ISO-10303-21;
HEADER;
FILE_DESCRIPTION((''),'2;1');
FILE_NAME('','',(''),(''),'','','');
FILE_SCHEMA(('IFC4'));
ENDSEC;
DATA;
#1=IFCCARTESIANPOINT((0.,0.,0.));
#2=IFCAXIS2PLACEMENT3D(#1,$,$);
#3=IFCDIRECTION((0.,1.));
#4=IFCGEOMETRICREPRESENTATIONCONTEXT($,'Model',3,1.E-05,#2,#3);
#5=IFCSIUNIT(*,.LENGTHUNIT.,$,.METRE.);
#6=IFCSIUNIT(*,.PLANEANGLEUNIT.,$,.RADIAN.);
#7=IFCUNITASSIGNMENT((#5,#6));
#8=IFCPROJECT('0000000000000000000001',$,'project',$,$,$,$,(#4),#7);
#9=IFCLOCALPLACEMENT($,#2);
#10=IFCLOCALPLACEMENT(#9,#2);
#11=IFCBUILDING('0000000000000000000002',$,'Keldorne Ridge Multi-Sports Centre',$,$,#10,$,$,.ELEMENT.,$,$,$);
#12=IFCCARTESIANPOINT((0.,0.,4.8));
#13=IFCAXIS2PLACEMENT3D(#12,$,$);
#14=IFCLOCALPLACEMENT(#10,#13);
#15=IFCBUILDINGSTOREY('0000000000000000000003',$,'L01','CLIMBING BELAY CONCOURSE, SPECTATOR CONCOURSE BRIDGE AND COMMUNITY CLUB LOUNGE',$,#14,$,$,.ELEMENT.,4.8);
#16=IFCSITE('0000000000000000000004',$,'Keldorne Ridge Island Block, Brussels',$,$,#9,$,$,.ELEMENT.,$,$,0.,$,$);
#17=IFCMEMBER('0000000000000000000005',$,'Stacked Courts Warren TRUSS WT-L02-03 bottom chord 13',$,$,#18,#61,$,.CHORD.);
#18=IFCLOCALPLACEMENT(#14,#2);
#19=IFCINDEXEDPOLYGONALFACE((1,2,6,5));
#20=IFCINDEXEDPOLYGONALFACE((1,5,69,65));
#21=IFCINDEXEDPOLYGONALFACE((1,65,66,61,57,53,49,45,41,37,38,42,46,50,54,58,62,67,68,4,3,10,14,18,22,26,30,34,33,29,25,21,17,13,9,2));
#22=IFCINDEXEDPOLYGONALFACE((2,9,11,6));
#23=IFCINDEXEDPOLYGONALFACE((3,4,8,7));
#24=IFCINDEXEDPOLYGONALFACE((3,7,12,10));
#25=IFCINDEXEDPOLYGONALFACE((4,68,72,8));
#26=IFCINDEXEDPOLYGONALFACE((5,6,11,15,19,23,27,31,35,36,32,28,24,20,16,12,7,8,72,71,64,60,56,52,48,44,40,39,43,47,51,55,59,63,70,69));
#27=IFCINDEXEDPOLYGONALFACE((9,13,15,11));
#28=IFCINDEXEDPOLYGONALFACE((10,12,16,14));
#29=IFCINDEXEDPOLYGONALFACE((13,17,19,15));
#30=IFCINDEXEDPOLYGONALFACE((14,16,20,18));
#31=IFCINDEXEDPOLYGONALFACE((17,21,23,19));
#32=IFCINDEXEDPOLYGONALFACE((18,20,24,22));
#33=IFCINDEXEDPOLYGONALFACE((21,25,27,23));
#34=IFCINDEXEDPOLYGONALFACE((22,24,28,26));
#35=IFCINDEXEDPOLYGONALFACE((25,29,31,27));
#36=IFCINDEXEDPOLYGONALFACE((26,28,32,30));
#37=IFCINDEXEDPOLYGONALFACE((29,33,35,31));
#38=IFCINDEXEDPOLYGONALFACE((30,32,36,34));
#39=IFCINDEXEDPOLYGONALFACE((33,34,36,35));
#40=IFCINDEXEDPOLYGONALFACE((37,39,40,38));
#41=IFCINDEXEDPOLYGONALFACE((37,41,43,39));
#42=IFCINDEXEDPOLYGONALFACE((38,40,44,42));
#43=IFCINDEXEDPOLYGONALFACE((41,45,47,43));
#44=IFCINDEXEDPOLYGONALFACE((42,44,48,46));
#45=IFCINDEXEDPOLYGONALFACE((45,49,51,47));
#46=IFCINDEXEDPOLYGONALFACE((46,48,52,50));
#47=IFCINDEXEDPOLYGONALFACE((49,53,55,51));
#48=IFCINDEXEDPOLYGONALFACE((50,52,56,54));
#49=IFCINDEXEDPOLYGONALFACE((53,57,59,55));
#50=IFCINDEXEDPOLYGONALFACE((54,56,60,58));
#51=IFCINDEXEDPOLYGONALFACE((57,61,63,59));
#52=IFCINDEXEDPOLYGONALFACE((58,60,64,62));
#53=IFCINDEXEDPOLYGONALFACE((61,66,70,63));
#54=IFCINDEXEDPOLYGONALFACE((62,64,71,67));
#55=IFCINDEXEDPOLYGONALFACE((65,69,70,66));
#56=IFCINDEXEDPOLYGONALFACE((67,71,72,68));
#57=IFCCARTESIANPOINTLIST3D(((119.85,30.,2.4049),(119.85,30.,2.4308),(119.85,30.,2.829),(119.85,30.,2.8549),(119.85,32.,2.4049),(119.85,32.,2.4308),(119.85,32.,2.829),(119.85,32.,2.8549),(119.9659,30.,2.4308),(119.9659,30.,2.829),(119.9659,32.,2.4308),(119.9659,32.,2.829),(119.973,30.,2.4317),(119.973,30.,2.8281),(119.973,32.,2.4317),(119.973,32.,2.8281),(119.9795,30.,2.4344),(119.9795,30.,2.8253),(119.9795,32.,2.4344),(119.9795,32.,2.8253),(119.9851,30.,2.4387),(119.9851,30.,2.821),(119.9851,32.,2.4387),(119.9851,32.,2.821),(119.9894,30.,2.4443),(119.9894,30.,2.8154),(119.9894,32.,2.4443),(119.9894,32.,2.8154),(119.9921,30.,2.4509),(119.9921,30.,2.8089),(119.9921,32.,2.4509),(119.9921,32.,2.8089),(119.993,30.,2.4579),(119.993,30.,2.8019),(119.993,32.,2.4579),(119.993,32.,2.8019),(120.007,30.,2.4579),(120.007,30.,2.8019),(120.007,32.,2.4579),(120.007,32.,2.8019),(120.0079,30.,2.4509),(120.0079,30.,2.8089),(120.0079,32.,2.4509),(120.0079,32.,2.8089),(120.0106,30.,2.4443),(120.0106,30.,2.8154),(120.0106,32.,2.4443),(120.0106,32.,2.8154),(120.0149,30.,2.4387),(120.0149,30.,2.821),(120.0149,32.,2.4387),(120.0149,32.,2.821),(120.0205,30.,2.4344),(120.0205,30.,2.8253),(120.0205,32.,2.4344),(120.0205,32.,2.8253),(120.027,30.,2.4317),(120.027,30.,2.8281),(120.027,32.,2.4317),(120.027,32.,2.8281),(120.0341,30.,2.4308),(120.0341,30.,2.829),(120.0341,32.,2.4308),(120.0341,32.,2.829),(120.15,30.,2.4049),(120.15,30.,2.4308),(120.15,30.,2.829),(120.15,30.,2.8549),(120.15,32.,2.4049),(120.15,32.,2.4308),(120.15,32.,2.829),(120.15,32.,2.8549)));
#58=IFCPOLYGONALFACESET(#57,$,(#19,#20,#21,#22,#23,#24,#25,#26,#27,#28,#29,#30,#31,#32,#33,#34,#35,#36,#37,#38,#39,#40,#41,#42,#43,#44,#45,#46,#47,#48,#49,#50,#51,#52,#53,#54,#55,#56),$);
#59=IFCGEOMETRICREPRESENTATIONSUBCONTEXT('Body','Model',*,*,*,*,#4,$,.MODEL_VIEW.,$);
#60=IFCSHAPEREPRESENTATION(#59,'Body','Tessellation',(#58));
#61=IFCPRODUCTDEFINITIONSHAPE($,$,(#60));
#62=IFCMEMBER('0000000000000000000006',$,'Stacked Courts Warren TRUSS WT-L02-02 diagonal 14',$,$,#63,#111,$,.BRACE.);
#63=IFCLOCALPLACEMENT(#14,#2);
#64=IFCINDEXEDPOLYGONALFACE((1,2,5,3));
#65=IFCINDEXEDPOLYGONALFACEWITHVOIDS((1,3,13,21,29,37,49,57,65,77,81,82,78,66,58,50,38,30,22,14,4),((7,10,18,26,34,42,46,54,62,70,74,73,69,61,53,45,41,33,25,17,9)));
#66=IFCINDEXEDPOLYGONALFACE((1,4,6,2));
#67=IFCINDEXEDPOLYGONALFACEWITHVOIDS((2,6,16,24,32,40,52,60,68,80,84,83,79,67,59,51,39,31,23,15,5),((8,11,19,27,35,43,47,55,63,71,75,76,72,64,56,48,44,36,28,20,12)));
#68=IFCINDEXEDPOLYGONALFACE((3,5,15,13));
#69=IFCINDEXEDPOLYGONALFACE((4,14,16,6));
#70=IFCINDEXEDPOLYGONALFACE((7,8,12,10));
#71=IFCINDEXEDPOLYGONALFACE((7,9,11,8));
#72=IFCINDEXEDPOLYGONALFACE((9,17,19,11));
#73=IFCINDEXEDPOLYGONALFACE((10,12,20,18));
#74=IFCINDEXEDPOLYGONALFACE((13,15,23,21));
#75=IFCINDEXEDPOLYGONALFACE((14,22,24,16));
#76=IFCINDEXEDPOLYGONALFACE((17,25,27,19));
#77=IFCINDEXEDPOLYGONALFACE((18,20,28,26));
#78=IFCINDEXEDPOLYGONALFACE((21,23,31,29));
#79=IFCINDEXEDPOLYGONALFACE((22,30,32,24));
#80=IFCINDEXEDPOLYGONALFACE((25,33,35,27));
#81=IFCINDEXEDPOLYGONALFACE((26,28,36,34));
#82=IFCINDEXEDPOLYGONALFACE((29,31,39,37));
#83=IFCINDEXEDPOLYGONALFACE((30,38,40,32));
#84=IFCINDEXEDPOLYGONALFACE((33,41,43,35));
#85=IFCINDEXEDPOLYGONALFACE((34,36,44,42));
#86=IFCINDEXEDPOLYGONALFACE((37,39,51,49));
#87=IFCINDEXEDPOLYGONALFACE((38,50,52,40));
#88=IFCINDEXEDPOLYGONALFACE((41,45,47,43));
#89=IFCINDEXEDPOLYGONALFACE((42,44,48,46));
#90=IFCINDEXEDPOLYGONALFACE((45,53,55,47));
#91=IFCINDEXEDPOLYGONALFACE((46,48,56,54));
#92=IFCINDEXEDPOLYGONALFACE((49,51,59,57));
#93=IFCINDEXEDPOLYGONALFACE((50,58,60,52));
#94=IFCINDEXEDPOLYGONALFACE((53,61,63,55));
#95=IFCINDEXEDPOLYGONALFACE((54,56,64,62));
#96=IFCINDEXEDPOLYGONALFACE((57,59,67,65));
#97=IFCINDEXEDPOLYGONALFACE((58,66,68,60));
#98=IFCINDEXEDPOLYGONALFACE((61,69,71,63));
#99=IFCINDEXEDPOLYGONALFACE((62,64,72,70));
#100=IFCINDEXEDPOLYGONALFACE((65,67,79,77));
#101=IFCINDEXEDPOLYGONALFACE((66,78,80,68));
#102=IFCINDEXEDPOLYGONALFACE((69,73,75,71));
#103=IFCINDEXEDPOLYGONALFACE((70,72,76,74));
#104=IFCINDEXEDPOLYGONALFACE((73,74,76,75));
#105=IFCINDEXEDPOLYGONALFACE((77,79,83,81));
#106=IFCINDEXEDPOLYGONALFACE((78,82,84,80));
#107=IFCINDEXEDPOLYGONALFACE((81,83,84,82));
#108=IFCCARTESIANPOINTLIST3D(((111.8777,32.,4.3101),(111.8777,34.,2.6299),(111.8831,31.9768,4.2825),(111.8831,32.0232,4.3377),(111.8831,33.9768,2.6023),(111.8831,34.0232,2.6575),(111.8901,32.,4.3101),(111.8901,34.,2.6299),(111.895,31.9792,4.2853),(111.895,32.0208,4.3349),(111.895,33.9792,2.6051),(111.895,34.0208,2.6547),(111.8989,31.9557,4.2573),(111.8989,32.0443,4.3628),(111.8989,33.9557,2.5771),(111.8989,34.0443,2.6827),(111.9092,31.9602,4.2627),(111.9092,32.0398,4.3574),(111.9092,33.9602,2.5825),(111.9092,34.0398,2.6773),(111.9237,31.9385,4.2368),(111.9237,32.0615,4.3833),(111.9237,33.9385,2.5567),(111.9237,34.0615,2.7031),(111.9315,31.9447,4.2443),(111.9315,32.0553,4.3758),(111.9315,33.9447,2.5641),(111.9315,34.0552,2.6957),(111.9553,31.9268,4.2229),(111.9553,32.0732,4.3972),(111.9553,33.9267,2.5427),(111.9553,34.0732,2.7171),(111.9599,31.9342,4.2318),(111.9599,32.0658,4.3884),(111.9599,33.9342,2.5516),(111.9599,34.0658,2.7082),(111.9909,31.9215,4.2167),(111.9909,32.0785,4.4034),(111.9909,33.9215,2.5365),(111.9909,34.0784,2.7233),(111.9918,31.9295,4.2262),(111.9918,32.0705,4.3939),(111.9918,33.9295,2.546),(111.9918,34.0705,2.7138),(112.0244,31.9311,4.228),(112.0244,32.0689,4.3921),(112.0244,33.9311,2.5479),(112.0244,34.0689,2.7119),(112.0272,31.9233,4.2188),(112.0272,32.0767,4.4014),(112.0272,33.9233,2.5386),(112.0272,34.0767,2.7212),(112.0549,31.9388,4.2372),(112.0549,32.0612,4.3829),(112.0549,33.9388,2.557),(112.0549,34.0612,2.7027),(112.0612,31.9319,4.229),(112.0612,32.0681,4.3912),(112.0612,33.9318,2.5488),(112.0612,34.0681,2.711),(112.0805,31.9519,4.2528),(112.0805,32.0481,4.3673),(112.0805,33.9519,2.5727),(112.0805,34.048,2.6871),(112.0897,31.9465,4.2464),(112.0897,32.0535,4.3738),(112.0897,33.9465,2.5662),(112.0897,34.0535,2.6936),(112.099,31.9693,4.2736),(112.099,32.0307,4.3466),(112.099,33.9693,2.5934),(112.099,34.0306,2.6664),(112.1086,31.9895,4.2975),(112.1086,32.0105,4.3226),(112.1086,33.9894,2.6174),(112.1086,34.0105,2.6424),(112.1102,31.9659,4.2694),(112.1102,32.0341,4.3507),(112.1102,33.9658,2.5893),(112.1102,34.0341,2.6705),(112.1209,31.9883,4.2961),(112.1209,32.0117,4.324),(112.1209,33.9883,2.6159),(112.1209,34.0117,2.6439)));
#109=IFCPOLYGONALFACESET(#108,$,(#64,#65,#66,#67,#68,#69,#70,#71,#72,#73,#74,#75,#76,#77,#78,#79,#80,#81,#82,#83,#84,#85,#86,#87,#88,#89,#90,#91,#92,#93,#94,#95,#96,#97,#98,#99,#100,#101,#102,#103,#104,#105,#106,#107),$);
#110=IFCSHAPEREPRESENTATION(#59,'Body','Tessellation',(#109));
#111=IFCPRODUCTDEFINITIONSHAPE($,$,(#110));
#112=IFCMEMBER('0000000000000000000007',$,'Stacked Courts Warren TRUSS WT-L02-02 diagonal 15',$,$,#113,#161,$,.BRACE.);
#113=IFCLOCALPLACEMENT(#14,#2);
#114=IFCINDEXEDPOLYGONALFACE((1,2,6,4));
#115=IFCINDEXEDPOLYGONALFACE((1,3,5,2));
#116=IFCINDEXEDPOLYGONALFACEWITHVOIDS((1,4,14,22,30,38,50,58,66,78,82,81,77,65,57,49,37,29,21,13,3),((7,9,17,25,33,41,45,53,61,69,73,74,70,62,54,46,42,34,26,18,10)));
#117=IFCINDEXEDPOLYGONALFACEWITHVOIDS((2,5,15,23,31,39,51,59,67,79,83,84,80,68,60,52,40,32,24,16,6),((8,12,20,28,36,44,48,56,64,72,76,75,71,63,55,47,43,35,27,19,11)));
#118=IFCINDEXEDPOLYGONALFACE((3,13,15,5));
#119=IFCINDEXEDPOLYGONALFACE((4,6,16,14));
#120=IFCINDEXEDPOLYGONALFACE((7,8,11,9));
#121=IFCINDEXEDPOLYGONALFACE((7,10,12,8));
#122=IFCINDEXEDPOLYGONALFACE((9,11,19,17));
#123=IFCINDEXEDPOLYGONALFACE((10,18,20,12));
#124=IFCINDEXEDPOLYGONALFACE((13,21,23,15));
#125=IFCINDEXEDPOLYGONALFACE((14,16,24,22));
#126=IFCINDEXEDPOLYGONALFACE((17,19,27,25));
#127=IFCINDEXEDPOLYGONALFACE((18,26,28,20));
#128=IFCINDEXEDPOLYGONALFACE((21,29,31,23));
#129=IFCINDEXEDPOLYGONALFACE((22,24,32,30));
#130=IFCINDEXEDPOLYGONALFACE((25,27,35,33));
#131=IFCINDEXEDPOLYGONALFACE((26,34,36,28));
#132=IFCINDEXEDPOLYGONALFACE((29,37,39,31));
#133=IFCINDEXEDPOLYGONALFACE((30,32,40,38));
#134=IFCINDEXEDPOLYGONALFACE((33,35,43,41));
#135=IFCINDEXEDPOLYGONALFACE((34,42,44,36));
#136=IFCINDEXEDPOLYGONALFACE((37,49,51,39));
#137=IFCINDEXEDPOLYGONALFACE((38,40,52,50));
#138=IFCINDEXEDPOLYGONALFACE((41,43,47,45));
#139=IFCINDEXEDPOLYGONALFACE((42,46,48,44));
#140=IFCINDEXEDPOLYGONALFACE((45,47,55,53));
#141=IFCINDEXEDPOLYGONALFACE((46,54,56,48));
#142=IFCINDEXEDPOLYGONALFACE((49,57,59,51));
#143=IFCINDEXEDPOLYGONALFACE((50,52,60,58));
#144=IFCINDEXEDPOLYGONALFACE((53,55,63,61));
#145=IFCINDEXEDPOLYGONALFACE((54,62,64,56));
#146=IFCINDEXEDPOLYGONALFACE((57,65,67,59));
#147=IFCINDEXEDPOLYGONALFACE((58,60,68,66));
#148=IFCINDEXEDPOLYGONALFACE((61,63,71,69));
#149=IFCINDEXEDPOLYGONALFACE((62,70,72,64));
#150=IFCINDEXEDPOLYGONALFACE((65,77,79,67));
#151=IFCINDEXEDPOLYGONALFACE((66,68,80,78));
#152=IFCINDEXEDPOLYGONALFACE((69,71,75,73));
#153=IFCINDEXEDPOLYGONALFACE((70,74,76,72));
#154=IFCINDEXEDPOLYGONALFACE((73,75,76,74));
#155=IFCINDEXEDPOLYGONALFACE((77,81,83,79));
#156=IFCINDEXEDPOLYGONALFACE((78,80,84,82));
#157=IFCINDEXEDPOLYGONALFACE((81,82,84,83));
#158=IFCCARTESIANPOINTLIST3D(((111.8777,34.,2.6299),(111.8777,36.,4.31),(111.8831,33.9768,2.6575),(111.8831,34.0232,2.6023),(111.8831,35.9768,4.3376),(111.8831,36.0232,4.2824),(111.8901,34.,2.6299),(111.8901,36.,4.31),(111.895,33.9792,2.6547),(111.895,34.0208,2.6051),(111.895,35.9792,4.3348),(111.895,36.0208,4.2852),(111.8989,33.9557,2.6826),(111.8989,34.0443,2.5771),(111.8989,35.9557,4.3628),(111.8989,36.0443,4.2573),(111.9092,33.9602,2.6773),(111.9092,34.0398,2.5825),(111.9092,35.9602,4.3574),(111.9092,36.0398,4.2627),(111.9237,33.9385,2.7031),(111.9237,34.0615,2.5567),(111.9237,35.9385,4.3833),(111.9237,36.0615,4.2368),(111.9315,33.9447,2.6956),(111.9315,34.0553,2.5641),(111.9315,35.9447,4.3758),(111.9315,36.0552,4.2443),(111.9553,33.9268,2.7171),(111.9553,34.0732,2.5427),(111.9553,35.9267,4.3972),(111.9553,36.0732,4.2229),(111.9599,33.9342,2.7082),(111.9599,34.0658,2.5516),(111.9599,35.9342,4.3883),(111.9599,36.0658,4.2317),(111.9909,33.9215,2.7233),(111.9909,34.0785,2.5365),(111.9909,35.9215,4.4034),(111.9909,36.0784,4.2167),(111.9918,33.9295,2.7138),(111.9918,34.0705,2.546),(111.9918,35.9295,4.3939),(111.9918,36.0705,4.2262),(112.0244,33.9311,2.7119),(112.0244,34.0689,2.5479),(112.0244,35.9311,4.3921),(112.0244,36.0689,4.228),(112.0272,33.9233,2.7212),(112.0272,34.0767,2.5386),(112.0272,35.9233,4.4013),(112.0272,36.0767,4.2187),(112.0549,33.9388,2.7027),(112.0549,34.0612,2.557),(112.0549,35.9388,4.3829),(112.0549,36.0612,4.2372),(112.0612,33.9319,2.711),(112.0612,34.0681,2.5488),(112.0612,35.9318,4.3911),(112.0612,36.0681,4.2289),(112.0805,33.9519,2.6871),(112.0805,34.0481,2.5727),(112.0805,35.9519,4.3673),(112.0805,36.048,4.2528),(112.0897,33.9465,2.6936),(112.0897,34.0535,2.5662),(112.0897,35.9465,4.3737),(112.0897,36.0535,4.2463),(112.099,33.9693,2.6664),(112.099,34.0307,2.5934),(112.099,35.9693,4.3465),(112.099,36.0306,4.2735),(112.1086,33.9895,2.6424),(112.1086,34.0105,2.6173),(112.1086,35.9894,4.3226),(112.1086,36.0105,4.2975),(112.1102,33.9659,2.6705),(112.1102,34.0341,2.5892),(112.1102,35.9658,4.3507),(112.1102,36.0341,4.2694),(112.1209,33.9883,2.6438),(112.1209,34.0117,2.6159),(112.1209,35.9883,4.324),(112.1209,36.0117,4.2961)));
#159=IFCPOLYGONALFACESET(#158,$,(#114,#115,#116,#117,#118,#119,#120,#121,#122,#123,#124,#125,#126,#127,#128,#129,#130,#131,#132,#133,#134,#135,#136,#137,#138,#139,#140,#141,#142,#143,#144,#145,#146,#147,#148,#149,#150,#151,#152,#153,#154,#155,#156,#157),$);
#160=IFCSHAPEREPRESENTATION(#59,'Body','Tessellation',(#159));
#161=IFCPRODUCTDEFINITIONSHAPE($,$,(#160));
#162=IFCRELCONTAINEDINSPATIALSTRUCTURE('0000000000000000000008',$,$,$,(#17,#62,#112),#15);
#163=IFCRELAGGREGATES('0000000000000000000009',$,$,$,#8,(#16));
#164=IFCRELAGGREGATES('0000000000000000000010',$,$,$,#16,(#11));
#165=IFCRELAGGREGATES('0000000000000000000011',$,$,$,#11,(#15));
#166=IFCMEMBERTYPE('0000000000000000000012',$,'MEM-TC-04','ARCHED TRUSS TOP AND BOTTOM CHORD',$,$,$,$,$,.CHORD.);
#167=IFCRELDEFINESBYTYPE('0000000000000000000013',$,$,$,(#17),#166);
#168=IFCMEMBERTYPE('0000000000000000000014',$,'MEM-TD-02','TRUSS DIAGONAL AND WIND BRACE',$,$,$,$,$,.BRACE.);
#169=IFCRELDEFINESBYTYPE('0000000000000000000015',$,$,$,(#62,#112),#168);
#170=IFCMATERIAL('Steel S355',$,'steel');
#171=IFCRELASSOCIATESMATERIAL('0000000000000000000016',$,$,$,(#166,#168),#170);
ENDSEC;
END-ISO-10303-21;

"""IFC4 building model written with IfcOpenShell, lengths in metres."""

from ifc_helpers import new_model, si_unit, direction, frame, origin, origin_2d, place, context, subcontext, project, spatial, hollow_circle, i_section, extrude, material, material_profile, profile_set, type_object, element, save


model = new_model("IFC4")

# Units and contexts
model_context = context("Model", 3, precision=1e-05, world=origin(), true_north=direction((0.0, 1.0)))
body_context = subcontext(model_context, "Body", "Model", "MODEL_VIEW")
ifc_project = project(units=[si_unit("LENGTHUNIT", "METRE"), si_unit("PLANEANGLEUNIT", "RADIAN")], contexts=[model_context])

# Site, building, storey
site_placement = place(None, origin())
site = spatial("IfcSite", under=ifc_project, at=site_placement, Name="Keldorne Ridge Island Block, Brussels", CompositionType="ELEMENT", RefElevation=0.0)
building_placement = place(site_placement, origin())
building = spatial("IfcBuilding", under=site, at=building_placement, Name="Keldorne Ridge Multi-Sports Centre", CompositionType="ELEMENT")
storey_placement = place(building_placement, frame((0.0, 0.0, 4.8)))
storey = spatial("IfcBuildingStorey", under=building, at=storey_placement, Name="L01", Description="CLIMBING BELAY CONCOURSE, SPECTATOR CONCOURSE BRIDGE AND COMMUNITY CLUB LOUNGE", CompositionType="ELEMENT", Elevation=4.8)

# Shared definitions
ifc_material_1 = material(Name="Steel S355", Category="steel")

# Members
ifc_material_profile_1 = material_profile(ifc_material_1, i_section(OverallWidth=0.3, OverallDepth=0.45, WebThickness=0.0139, FlangeThickness=0.0259, FilletRadius=0.0271, at=origin_2d()), Name="HEB 450")
ifc_profile_set_1 = profile_set([ifc_material_profile_1], Name="Steel S355")
member_type_1 = type_object("IfcMemberType", Name="MEM-TC-04", Description="ARCHED TRUSS TOP AND BOTTOM CHORD", PredefinedType="CHORD", material=ifc_profile_set_1)
for number, where, z_axis, x_axis, name in (
    (1, (120.0, 30.0, 2.6299), (0.0, 1.0, 0.0), (-1.0, 0.0, 0.0), "Stacked Courts Warren TRUSS WT-L02-03 bottom chord 13"),
):
    element("IfcMember", number, at=place(storey_placement, frame(where, z_axis=z_axis, x_axis=x_axis)), inside=storey, type_object=member_type_1, Name=name, PredefinedType="CHORD", context=body_context, shape_type="SweptSolid", body=[
        extrude(i_section(OverallWidth=0.3, OverallDepth=0.45, WebThickness=0.0139, FlangeThickness=0.0259, FilletRadius=0.0271, at=origin_2d()), origin(), (0.0, 0.0, 1.0), 2.0),
    ])
ifc_material_profile_2 = material_profile(ifc_material_1, hollow_circle(Radius=0.1223, WallThickness=0.0125, at=origin_2d()), Name="CHS 244.5x12.5")
ifc_profile_set_2 = profile_set([ifc_material_profile_2], Name="Steel S355")
member_type_2 = type_object("IfcMemberType", Name="MEM-TD-02", Description="TRUSS DIAGONAL AND WIND BRACE", PredefinedType="BRACE", material=ifc_profile_set_2)
for number, where, z_axis, x_axis, name in (
    (2, (112.0, 32.0, 4.3101), (0.0, 0.765672, -0.643232), (-1.0, 0.0, 0.0), "Stacked Courts Warren TRUSS WT-L02-02 diagonal 14"),
    (3, (112.0, 34.0, 2.6299), (0.0, 0.765672, 0.643232), (-1.0, 0.0, 0.0), "Stacked Courts Warren TRUSS WT-L02-02 diagonal 15"),
):
    element("IfcMember", number, at=place(storey_placement, frame(where, z_axis=z_axis, x_axis=x_axis)), inside=storey, type_object=member_type_2, Name=name, PredefinedType="BRACE", context=body_context, shape_type="SweptSolid", body=[
        extrude(hollow_circle(Radius=0.1223, WallThickness=0.0125, at=origin_2d()), origin(), (0.0, 0.0, 1.0), 2.6121),
    ])

save(model, "model.ifc")
